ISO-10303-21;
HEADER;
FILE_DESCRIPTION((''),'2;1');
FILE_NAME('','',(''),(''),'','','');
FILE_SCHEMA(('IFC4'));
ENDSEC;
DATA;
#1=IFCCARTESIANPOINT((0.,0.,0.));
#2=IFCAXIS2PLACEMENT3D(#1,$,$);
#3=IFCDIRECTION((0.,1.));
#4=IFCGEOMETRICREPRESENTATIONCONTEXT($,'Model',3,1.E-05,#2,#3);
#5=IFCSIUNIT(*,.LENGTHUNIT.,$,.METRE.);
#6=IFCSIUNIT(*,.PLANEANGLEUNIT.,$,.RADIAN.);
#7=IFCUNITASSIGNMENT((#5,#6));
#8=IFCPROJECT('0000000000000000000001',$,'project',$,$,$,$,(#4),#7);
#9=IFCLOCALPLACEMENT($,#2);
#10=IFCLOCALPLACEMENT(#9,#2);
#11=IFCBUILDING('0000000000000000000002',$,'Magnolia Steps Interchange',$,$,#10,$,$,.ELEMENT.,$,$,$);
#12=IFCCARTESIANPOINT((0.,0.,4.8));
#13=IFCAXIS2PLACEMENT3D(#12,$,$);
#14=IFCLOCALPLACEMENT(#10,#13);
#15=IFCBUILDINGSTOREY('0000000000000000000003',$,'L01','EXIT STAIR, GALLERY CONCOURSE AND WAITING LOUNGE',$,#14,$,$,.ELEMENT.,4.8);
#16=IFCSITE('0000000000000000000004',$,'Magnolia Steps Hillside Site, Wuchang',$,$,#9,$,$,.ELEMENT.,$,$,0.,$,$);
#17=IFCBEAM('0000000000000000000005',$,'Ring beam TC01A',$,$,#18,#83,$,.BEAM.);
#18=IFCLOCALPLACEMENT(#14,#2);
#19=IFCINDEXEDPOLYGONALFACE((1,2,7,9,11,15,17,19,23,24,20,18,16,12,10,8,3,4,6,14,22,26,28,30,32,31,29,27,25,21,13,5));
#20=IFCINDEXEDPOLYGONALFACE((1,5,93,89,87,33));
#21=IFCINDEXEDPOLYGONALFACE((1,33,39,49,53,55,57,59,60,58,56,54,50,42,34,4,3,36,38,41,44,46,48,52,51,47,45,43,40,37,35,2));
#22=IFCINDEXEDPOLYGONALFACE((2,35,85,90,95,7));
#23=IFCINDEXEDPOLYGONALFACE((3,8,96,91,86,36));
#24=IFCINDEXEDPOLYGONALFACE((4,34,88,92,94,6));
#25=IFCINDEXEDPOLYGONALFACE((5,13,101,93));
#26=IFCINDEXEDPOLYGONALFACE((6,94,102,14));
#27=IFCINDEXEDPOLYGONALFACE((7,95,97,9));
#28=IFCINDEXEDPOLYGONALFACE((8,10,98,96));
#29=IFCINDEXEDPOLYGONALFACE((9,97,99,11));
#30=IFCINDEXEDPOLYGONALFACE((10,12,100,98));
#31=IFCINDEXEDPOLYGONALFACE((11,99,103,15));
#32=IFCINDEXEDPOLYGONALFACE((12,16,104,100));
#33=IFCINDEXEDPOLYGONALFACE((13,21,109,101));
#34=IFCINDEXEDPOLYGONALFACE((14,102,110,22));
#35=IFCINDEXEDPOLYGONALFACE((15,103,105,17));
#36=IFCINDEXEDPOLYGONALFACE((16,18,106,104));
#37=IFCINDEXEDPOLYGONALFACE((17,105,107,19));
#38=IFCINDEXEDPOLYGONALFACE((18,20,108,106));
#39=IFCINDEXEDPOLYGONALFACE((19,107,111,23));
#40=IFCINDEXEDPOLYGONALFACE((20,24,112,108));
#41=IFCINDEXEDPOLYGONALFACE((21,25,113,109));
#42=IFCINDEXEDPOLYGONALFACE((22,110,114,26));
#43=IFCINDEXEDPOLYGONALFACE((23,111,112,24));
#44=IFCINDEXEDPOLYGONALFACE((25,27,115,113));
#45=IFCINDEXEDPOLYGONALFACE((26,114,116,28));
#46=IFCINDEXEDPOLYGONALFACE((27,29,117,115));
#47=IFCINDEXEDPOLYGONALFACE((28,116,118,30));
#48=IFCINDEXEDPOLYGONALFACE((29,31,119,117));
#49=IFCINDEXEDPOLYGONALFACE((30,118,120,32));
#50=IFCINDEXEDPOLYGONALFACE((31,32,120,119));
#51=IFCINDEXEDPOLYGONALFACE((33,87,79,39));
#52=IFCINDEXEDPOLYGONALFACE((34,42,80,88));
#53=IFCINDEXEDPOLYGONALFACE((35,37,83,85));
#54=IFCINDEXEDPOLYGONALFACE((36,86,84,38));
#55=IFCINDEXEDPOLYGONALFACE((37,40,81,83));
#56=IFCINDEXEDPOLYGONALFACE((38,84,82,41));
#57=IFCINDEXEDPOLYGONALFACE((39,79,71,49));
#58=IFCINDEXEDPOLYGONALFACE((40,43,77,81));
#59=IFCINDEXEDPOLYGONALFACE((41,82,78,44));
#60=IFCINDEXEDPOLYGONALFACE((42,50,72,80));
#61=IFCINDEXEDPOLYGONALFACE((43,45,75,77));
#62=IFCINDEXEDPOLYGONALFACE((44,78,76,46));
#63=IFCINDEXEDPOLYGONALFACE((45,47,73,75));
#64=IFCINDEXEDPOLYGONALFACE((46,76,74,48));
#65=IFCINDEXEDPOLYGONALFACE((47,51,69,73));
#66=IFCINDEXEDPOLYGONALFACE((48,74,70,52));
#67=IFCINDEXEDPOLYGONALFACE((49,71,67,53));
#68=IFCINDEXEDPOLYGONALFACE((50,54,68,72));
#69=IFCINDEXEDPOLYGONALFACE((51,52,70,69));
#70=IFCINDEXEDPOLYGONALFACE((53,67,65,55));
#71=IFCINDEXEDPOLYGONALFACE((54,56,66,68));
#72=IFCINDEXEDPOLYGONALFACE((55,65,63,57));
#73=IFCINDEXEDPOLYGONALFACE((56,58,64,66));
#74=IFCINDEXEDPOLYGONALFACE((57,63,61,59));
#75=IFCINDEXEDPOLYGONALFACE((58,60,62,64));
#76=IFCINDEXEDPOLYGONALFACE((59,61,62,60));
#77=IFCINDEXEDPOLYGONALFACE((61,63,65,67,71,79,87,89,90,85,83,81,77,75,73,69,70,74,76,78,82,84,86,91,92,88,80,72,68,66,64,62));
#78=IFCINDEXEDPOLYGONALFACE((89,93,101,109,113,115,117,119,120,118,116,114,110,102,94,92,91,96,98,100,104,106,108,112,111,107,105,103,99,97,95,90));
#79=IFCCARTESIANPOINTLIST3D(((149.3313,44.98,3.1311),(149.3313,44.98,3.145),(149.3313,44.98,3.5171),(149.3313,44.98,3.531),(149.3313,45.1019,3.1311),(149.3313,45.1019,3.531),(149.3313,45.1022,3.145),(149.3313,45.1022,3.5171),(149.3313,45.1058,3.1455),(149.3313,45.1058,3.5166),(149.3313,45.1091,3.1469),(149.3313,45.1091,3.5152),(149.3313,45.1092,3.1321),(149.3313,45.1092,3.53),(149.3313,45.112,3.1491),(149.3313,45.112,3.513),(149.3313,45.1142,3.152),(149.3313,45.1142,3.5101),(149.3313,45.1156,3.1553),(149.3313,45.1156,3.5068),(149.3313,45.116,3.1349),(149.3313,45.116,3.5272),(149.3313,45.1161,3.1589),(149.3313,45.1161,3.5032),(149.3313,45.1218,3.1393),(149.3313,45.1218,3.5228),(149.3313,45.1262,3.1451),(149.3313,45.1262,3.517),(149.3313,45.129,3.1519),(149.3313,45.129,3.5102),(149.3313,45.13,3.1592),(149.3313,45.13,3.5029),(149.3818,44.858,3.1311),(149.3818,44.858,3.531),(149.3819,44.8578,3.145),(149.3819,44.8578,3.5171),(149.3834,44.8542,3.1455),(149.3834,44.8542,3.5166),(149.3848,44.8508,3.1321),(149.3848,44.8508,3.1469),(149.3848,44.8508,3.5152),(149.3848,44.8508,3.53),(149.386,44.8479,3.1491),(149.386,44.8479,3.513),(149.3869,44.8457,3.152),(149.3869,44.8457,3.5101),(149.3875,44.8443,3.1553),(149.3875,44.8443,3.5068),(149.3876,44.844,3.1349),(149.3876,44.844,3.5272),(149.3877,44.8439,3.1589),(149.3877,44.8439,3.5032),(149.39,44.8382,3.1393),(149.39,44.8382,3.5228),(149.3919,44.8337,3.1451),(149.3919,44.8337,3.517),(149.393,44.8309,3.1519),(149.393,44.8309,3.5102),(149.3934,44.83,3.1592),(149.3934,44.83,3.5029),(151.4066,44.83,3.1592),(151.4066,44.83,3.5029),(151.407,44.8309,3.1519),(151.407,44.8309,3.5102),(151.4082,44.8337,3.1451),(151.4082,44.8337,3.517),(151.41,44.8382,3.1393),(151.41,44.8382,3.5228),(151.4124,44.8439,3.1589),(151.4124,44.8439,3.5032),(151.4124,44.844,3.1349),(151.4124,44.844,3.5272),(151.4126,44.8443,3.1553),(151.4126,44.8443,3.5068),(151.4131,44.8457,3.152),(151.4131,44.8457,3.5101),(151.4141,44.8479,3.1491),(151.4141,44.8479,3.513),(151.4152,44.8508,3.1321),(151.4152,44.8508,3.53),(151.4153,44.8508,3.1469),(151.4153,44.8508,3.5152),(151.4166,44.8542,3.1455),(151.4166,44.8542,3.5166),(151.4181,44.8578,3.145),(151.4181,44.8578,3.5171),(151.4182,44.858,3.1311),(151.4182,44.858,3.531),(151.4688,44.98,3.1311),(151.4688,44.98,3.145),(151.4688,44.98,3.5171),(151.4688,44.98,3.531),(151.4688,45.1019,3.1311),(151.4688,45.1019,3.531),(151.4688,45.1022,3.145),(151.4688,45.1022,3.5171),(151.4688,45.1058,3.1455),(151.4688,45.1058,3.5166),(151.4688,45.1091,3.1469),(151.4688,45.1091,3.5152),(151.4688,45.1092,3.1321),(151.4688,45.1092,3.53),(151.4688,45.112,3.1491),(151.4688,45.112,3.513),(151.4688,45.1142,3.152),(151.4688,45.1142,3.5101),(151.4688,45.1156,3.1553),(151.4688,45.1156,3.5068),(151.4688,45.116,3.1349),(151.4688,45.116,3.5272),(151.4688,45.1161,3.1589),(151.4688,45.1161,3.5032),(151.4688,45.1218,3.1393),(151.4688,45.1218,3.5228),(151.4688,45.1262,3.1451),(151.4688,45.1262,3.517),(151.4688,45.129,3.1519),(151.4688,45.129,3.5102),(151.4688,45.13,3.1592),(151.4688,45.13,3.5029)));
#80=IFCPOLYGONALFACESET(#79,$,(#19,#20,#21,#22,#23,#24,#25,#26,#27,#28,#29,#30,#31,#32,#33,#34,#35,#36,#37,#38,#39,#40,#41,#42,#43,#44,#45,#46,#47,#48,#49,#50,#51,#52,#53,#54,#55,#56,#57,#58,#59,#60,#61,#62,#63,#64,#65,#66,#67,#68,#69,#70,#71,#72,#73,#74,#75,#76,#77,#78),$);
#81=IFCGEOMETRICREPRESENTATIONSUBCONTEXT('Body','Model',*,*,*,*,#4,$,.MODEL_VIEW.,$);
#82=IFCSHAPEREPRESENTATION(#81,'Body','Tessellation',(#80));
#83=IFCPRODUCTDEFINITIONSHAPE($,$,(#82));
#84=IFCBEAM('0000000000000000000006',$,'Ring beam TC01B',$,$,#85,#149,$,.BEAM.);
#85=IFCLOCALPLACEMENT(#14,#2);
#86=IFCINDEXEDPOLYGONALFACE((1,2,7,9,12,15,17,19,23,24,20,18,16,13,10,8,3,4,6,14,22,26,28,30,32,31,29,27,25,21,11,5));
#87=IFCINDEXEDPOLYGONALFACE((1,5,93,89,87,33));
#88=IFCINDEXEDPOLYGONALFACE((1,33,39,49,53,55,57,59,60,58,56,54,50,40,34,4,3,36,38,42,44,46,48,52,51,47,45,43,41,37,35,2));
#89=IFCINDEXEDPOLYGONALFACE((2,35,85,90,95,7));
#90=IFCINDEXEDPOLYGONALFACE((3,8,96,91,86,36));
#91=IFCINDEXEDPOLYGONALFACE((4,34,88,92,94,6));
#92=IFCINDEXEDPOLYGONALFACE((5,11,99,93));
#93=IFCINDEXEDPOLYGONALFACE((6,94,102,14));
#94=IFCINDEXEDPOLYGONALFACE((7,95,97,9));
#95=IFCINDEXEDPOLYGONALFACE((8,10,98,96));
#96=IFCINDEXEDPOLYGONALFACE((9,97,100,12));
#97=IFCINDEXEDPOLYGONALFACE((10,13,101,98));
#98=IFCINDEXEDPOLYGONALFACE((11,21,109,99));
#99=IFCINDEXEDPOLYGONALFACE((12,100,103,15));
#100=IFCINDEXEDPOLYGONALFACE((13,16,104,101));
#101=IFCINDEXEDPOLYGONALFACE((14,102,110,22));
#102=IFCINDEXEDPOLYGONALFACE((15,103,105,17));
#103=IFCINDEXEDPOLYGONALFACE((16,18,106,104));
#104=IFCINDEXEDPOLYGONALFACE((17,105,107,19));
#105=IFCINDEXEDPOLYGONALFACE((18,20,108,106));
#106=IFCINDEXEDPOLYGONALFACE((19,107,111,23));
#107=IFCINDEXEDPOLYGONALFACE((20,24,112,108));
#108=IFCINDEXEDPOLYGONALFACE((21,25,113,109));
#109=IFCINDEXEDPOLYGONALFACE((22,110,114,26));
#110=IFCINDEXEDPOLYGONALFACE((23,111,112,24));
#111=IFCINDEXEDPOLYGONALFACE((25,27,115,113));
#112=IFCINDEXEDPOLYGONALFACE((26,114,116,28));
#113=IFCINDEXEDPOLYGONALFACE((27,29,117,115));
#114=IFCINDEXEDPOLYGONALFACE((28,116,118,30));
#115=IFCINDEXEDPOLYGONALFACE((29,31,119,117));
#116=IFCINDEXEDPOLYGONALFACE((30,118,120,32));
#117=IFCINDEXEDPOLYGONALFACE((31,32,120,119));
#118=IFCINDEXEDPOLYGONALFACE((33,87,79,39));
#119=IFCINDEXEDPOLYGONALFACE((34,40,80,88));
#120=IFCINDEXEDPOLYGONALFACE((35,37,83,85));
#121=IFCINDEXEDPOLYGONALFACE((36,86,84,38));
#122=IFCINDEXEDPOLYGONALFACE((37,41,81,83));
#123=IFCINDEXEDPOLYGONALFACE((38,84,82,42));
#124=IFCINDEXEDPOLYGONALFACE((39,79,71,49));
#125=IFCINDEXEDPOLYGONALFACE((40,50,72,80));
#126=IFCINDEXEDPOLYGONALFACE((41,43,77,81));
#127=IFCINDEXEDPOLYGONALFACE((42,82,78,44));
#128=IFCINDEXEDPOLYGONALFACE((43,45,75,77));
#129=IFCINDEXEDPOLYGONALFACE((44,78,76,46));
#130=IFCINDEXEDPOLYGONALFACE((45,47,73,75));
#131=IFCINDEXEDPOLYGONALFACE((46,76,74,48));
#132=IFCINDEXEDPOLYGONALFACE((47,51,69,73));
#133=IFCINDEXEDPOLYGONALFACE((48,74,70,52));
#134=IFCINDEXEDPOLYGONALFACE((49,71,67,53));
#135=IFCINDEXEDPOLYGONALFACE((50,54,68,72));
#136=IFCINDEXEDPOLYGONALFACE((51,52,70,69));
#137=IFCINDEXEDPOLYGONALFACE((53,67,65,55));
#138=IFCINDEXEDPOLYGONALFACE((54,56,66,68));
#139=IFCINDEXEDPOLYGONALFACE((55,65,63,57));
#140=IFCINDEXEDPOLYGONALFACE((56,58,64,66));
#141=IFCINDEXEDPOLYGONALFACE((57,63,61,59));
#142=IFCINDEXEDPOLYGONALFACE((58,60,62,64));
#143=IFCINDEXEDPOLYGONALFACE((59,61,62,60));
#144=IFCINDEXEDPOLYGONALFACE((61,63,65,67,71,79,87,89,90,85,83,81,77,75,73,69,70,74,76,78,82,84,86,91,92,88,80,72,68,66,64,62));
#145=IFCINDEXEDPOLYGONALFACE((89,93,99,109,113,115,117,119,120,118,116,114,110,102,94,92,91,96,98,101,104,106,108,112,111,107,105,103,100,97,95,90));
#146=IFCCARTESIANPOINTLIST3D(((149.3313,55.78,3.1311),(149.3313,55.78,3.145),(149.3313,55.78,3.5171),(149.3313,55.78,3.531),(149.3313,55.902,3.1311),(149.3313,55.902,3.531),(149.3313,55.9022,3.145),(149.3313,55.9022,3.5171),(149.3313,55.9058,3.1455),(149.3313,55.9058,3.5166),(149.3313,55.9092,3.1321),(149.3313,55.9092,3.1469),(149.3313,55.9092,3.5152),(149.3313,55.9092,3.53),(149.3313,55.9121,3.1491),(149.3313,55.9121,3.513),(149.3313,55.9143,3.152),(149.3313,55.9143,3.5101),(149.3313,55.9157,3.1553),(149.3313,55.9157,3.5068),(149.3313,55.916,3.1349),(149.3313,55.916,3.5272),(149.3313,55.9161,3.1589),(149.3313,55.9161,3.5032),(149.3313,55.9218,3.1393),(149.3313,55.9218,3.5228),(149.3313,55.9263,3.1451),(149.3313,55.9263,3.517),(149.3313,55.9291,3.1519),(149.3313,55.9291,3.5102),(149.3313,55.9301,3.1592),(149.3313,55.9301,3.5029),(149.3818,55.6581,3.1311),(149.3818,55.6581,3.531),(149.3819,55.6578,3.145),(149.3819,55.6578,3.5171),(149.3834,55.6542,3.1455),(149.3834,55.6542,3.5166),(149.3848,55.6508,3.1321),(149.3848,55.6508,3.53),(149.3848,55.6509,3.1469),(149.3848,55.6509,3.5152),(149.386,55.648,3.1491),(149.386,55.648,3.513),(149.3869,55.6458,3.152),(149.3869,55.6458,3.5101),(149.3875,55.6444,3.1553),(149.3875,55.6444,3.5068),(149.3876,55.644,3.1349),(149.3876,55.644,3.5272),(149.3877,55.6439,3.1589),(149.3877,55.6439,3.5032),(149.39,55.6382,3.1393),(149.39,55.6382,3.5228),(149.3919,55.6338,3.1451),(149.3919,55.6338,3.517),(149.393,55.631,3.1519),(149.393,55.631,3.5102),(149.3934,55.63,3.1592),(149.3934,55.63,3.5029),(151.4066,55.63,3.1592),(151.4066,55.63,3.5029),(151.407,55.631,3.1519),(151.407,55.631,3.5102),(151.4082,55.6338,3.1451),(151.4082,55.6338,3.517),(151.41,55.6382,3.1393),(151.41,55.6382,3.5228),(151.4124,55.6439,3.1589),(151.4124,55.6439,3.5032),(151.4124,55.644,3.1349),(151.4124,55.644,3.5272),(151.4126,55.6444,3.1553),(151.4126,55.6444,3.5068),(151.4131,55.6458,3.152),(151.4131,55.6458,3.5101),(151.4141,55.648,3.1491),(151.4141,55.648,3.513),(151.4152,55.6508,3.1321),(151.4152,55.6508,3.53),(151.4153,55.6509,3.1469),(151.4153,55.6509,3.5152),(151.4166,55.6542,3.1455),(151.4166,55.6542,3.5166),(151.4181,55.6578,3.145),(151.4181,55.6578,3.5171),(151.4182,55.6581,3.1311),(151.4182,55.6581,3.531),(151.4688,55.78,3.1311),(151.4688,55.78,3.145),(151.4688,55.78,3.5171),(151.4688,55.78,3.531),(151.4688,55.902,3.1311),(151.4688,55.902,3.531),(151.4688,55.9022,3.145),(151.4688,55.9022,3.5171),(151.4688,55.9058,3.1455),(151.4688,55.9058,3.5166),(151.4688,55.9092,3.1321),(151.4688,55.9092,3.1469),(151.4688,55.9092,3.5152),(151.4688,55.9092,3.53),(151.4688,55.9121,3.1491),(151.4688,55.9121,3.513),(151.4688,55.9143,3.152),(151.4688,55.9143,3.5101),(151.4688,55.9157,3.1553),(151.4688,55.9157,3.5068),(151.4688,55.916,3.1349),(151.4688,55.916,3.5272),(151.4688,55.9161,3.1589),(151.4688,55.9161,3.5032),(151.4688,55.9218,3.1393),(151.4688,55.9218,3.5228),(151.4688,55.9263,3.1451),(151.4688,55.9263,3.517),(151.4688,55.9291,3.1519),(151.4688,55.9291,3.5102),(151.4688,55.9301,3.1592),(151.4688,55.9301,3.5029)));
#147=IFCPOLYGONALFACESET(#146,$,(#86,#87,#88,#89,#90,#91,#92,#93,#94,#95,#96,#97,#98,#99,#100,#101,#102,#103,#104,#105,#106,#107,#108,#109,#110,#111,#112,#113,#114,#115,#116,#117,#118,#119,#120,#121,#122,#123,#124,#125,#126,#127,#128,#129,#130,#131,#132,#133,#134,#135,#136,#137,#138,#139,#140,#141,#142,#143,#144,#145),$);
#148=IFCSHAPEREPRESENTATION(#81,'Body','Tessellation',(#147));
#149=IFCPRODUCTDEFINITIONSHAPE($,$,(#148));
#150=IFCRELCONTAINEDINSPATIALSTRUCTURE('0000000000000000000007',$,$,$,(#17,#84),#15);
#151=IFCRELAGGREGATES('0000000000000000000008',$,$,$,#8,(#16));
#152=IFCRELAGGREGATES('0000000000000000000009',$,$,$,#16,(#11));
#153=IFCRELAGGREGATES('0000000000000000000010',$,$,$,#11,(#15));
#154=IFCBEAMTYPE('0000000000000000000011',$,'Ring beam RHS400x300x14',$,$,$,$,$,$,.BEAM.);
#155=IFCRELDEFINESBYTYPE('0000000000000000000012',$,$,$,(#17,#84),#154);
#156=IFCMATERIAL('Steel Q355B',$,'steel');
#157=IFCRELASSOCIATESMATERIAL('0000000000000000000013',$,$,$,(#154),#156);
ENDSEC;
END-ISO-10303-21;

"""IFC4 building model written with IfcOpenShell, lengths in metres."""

from ifc_helpers import new_model, si_unit, direction, frame, origin, origin_2d, place, context, subcontext, project, spatial, hollow_rectangle, extrude, clip, halfspace, material, material_profile, profile_set, type_object, element, save


model = new_model("IFC4")

# Units and contexts
model_context = context("Model", 3, precision=1e-05, world=origin(), true_north=direction((0.0, 1.0)))
body_context = subcontext(model_context, "Body", "Model", "MODEL_VIEW")
ifc_project = project(units=[si_unit("LENGTHUNIT", "METRE"), si_unit("PLANEANGLEUNIT", "RADIAN")], contexts=[model_context])

# Site, building, storey
site_placement = place(None, origin())
site = spatial("IfcSite", under=ifc_project, at=site_placement, Name="Magnolia Steps Hillside Site, Wuchang", CompositionType="ELEMENT", RefElevation=0.0)
building_placement = place(site_placement, origin())
building = spatial("IfcBuilding", under=site, at=building_placement, Name="Magnolia Steps Interchange", CompositionType="ELEMENT")
storey_placement = place(building_placement, frame((0.0, 0.0, 4.8)))
storey = spatial("IfcBuildingStorey", under=building, at=storey_placement, Name="L01", Description="EXIT STAIR, GALLERY CONCOURSE AND WAITING LOUNGE", CompositionType="ELEMENT", Elevation=4.8)

# Beams
ifc_material_1 = material(Name="Steel Q355B", Category="steel")
ifc_material_profile_1 = material_profile(ifc_material_1, hollow_rectangle(XDim=0.3, YDim=0.3999, WallThickness=0.0139, InnerFilletRadius=0.0139, OuterFilletRadius=0.0281, at=origin_2d()), Name="RHS400x300x14")
ifc_profile_set_1 = profile_set([ifc_material_profile_1], Name="Steel Q355B")
beam_type_1 = type_object("IfcBeamType", Name="Ring beam RHS400x300x14", PredefinedType="BEAM", material=ifc_profile_set_1)
for number, where, z_axis, x_axis, name in (
    (1, (151.4688, 44.98, 3.3311), (-1.0, 0.0, 0.0), (0.0, -1.0, 0.0), "Ring beam TC01A"),
    (2, (151.4688, 55.78, 3.3311), (-1.0, 0.0, 0.0), (0.0, -1.0, 0.0), "Ring beam TC01B"),
):
    element("IfcBeam", number, at=place(storey_placement, frame(where, z_axis=z_axis, x_axis=x_axis)), inside=storey, type_object=beam_type_1, Name=name, PredefinedType="BEAM", context=body_context, shape_type="Clipping", body=[
        clip(clip(extrude(hollow_rectangle(XDim=0.3, YDim=0.3999, WallThickness=0.0139, InnerFilletRadius=0.0139, OuterFilletRadius=0.0281, at=origin_2d()), origin(), (0.0, 0.0, 1.0), 2.1375), halfspace(frame((0.0, 0.0, 0.0), z_axis=(0.382683, 0.0, -0.92388), x_axis=(0.92388, 0.0, 0.382683)), False)), halfspace(frame((0.0, 0.0, 2.1375), z_axis=(0.382683, 0.0, 0.92388), x_axis=(0.92388, 0.0, -0.382683)), False)),
    ])

save(model, "model.ifc")
